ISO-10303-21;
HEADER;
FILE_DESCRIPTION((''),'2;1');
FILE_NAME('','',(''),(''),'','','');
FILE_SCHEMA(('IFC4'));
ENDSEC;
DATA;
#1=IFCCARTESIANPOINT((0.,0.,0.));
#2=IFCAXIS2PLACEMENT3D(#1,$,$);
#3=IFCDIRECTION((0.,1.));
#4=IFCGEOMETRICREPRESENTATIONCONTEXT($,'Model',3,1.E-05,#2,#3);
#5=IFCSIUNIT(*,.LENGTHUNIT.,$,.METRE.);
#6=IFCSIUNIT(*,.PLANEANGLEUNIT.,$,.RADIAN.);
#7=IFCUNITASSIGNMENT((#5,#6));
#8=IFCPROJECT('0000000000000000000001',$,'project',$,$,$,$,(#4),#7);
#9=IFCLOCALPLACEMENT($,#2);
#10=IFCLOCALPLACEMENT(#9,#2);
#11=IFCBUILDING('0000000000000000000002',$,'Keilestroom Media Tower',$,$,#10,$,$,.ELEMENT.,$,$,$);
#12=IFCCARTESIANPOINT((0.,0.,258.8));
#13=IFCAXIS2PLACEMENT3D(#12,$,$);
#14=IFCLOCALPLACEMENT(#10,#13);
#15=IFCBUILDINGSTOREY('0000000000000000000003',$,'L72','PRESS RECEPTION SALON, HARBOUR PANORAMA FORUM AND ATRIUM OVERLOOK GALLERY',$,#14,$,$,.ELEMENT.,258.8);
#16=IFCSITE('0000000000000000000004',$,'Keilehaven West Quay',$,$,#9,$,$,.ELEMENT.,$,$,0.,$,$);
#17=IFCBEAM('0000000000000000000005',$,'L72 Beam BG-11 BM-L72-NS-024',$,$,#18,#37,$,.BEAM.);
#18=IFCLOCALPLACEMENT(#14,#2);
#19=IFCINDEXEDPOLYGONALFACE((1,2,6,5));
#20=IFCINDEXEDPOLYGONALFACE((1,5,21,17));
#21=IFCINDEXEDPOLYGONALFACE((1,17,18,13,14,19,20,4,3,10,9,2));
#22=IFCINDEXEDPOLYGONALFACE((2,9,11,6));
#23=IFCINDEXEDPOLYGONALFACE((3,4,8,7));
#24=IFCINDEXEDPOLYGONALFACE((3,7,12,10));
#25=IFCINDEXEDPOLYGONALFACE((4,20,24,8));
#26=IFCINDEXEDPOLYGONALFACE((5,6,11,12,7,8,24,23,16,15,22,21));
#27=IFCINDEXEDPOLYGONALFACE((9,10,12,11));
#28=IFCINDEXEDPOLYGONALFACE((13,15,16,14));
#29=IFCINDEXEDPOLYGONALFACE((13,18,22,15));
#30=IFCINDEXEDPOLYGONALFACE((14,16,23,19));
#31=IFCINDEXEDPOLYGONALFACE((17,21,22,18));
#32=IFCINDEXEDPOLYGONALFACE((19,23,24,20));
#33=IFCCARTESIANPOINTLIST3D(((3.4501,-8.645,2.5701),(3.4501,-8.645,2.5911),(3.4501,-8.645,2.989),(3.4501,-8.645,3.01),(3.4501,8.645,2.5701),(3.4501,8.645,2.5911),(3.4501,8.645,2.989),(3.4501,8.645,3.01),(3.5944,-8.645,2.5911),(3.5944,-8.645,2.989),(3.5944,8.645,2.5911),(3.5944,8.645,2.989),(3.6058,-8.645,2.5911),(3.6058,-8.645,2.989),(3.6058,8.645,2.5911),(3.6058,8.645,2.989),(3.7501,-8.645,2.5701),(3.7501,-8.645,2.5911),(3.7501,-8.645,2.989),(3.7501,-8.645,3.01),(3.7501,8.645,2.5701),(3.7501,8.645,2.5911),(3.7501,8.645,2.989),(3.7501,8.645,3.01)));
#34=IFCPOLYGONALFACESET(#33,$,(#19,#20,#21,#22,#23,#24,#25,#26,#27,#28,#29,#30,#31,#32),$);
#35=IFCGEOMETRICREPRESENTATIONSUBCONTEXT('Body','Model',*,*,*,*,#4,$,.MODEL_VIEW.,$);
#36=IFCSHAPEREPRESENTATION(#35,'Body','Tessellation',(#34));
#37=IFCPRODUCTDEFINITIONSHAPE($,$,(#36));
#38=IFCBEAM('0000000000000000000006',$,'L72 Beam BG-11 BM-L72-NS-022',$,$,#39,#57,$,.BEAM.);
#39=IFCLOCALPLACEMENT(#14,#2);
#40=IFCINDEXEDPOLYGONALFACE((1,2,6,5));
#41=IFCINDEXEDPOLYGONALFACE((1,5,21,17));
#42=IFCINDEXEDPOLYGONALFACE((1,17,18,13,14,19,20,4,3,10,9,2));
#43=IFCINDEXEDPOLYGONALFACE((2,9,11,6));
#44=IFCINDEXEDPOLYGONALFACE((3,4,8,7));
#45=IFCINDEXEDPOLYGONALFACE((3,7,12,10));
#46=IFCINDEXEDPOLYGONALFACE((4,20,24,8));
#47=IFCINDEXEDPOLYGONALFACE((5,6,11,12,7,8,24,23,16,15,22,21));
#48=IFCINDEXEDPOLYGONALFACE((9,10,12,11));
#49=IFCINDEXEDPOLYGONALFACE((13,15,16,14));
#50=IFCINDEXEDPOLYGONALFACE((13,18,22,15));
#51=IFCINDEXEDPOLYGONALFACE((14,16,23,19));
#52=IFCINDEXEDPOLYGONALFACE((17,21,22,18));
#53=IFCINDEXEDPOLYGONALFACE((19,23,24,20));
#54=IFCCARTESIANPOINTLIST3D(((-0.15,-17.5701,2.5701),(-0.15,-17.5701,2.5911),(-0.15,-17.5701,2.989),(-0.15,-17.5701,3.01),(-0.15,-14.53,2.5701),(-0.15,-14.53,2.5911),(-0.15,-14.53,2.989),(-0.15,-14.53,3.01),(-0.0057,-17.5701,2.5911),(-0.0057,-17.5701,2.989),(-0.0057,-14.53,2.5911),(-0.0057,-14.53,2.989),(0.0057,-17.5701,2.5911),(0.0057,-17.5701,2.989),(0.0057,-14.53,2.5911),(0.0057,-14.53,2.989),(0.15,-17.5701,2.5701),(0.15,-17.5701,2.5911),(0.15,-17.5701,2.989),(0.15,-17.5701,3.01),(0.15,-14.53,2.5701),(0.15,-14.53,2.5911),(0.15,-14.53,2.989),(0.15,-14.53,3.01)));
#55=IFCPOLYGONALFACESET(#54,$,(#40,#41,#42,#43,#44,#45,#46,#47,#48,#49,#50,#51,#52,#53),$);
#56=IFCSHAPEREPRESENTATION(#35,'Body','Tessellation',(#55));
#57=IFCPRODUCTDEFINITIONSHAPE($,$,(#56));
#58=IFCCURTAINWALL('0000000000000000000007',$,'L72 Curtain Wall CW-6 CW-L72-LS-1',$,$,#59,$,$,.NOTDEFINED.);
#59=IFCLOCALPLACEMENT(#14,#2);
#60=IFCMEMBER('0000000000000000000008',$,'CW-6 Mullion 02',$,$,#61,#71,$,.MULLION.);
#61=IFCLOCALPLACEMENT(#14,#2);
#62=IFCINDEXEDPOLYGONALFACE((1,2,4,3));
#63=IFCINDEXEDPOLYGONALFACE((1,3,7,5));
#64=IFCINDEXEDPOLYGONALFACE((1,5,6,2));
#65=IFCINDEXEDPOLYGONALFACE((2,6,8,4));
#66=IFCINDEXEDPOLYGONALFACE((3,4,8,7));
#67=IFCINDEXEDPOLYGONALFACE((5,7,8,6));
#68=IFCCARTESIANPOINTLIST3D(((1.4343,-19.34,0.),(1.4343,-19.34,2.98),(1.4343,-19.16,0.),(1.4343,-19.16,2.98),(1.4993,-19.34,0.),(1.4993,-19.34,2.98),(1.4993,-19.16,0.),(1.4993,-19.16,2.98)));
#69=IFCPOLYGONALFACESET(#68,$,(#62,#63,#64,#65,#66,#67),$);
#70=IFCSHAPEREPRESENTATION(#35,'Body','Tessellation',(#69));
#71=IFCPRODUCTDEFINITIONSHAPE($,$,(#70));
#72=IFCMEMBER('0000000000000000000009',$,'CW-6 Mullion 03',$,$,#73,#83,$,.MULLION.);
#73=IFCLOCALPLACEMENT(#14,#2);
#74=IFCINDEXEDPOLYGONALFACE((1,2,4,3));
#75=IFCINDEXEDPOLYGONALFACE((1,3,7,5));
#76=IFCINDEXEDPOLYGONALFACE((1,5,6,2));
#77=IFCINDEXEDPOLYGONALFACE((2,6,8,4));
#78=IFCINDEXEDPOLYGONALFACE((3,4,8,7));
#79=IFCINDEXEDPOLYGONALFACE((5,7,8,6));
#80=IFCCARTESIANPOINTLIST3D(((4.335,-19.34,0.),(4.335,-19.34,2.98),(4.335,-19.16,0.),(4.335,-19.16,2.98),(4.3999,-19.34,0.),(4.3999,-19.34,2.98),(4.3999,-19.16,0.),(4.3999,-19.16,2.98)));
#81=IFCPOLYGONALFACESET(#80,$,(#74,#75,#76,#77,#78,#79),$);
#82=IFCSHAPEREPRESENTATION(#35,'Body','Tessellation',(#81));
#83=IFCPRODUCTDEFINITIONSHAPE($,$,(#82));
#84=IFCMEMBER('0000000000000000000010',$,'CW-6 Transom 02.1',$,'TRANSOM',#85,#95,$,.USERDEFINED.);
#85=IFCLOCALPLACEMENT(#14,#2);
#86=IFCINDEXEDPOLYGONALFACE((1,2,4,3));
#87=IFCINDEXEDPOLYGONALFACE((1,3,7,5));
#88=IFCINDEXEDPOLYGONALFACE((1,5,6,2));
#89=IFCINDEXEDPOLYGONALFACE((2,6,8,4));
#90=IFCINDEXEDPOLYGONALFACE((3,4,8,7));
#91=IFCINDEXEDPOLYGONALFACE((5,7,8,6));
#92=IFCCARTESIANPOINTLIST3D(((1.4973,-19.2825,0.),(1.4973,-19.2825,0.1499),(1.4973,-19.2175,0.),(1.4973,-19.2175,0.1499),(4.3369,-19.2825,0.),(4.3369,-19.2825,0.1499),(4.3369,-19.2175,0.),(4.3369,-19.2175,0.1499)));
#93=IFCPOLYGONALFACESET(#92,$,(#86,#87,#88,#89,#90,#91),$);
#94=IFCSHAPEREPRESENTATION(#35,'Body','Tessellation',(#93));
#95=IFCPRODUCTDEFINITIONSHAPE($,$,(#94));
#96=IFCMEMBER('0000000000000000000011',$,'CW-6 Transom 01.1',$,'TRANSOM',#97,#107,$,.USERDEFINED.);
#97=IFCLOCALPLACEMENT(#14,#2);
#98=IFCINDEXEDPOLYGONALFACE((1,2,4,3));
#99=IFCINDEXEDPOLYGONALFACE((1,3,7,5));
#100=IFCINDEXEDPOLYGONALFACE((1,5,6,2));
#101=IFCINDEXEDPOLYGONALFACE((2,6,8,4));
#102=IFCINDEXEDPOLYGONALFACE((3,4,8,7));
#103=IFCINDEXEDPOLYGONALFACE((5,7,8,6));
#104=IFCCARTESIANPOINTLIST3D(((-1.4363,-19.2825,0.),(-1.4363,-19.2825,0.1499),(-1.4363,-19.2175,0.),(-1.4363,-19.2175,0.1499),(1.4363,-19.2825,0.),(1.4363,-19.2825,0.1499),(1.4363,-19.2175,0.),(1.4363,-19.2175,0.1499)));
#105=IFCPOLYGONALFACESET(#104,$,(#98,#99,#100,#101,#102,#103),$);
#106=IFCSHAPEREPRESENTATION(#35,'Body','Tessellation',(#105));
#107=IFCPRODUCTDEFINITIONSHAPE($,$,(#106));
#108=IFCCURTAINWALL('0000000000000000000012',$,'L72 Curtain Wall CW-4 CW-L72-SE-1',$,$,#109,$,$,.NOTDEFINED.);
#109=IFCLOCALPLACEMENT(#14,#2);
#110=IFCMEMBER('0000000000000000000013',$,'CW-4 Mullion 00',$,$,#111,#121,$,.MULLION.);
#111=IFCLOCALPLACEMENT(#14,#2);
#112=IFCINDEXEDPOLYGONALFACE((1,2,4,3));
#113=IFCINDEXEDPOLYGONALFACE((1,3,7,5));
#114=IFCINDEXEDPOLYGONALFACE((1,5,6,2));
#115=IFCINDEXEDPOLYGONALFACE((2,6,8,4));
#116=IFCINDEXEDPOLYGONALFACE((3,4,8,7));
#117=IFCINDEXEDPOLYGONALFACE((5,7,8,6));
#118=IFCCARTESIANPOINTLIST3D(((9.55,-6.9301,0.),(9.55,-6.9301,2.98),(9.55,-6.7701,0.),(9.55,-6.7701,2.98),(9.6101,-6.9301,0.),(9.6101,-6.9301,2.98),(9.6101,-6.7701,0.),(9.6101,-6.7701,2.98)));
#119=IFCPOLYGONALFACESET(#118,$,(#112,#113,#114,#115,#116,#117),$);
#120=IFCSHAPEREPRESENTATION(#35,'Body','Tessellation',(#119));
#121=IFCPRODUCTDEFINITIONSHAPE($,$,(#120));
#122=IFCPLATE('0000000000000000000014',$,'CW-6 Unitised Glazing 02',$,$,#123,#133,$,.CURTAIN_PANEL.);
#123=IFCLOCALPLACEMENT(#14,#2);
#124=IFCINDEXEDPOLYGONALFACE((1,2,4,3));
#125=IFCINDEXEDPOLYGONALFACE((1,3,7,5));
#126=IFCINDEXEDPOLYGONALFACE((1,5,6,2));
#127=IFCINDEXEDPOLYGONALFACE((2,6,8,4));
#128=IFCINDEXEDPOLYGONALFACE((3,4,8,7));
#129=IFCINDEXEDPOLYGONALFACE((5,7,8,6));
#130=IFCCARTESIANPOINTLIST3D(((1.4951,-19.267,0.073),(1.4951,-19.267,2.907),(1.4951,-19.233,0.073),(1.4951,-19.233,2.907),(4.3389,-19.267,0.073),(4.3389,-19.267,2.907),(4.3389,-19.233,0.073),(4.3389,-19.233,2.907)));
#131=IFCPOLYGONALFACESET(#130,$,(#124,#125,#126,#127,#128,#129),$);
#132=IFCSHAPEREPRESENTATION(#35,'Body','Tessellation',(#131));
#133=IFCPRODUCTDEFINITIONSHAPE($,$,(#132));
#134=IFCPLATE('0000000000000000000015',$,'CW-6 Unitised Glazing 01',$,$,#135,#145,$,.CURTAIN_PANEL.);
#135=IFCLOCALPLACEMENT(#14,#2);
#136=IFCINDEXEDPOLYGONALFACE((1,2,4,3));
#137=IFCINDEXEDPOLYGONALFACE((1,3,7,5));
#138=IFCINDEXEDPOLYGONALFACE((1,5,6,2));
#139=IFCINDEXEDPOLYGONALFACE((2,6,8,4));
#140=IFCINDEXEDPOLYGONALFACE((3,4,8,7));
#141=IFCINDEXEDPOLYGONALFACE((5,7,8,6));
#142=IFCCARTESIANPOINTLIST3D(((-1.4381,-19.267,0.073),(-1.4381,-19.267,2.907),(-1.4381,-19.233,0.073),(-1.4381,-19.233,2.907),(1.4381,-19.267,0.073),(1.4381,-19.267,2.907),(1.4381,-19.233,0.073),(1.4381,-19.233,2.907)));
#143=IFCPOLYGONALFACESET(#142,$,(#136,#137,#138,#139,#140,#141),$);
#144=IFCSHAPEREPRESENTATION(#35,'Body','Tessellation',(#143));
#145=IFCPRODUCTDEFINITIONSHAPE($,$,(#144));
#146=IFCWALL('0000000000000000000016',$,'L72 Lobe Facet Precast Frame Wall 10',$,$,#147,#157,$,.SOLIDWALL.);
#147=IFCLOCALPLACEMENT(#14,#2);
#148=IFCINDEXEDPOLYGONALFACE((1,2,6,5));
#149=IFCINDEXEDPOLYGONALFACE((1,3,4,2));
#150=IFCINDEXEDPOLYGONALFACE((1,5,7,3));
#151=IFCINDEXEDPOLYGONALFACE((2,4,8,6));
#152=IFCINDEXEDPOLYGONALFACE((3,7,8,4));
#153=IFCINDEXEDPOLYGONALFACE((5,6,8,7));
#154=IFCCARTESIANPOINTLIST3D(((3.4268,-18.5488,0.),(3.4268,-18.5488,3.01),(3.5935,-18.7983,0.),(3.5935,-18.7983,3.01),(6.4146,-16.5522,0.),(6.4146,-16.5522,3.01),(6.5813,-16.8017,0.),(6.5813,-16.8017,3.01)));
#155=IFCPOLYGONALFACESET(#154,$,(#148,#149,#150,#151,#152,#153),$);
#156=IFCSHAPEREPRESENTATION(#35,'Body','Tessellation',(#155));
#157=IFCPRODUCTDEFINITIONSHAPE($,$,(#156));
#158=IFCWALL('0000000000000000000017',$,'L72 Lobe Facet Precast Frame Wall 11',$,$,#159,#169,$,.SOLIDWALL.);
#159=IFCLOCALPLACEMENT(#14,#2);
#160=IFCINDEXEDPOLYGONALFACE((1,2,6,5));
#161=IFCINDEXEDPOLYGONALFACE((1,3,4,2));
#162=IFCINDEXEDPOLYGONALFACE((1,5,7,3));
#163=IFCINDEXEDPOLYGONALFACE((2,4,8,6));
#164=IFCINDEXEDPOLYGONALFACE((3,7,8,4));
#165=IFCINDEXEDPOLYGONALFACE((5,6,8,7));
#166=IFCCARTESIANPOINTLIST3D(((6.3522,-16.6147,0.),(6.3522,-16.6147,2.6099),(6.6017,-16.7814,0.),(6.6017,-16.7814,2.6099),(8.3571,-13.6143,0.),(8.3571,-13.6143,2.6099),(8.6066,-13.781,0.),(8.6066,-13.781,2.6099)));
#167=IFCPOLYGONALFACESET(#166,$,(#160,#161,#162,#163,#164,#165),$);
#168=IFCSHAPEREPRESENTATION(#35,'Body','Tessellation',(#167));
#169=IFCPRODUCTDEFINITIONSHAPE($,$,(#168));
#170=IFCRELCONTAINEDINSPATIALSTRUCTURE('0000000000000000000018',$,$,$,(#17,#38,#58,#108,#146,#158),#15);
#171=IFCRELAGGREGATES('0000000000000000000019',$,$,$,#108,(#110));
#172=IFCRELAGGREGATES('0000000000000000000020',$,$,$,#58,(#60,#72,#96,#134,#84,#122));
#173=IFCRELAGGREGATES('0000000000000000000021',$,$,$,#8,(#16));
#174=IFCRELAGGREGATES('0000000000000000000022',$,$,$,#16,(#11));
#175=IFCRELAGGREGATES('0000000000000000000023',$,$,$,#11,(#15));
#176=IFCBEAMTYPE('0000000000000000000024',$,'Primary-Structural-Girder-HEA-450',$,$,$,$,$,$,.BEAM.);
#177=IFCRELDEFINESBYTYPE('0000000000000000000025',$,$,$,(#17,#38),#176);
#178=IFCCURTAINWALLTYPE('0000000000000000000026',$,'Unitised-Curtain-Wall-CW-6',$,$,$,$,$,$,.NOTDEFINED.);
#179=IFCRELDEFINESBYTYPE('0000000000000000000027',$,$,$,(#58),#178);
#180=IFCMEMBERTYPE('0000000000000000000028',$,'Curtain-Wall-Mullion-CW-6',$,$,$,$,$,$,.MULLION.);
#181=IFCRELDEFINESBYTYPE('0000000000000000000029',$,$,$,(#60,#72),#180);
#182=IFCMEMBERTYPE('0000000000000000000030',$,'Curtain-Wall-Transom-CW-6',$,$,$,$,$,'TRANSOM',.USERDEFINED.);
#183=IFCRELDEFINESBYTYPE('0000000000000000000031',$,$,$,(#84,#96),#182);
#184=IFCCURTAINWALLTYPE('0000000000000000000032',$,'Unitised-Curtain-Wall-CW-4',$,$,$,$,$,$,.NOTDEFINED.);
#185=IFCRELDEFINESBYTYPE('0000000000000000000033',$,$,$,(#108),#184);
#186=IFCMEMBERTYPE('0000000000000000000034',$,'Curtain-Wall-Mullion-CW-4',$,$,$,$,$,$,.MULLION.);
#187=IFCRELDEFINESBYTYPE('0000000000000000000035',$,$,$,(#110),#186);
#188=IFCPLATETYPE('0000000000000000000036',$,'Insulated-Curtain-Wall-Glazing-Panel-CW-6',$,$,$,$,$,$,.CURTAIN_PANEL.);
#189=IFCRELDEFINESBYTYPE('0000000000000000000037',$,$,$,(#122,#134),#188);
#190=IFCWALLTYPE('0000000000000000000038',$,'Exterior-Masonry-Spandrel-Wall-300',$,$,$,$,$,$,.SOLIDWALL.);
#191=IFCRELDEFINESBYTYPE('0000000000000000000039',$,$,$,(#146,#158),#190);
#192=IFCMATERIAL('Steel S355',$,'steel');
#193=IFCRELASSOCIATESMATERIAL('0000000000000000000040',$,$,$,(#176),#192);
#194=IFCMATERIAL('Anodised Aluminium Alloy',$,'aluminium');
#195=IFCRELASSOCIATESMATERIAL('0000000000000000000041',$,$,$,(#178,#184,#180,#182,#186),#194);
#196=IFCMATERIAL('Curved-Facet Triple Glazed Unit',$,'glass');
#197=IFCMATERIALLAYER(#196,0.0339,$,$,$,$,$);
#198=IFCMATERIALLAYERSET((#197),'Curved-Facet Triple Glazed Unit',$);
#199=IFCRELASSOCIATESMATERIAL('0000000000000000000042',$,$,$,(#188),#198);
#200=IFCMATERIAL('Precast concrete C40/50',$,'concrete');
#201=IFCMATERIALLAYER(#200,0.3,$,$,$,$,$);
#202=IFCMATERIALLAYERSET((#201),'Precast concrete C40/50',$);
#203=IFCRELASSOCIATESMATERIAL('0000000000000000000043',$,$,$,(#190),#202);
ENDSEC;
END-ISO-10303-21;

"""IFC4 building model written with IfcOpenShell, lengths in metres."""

from ifc_helpers import new_model, si_unit, direction, frame, frame_2d, origin, origin_2d, place, context, subcontext, project, spatial, rectangle, i_section, extrude, source, transform, mapped, material, layer, layer_set, material_profile, profile_set, type_object, element, aggregate, save


model = new_model("IFC4")

# Units and contexts
model_context = context("Model", 3, precision=1e-05, world=origin(), true_north=direction((0.0, 1.0)))
body_context = subcontext(model_context, "Body", "Model", "MODEL_VIEW")
ifc_project = project(units=[si_unit("LENGTHUNIT", "METRE"), si_unit("PLANEANGLEUNIT", "RADIAN")], contexts=[model_context])

# Site, building, storey
site_placement = place(None, origin())
site = spatial("IfcSite", under=ifc_project, at=site_placement, Name="Keilehaven West Quay", CompositionType="ELEMENT", RefElevation=0.0)
building_placement = place(site_placement, origin())
building = spatial("IfcBuilding", under=site, at=building_placement, Name="Keilestroom Media Tower", CompositionType="ELEMENT")
storey_placement = place(building_placement, frame((0.0, 0.0, 258.8)))
storey = spatial("IfcBuildingStorey", under=building, at=storey_placement, Name="L72", Description="PRESS RECEPTION SALON, HARBOUR PANORAMA FORUM AND ATRIUM OVERLOOK GALLERY", CompositionType="ELEMENT", Elevation=258.8)

# Shared definitions
ifc_material_1 = material(Name="Steel S355", Category="steel")

# Beams
ifc_material_profile_1 = material_profile(ifc_material_1, i_section(OverallWidth=0.3, OverallDepth=0.4399, WebThickness=0.0115, FlangeThickness=0.021, at=origin_2d()), Name="HEA 450")
ifc_profile_set_1 = profile_set([ifc_material_profile_1], Name="Steel S355")
beam_type_1 = type_object("IfcBeamType", Name="Primary-Structural-Girder-HEA-450", PredefinedType="BEAM", material=ifc_profile_set_1)
shared_shape_1 = source(origin(), body_context, "Body", "SweptSolid", [
    extrude(i_section(OverallWidth=0.3, OverallDepth=0.4399, WebThickness=0.0115, FlangeThickness=0.021, at=origin_2d()), origin(), (0.0, 0.0, 1.0), 17.29),
])
beam_1_placement = place(storey_placement, frame((3.6001, -8.645, 2.79), z_axis=(0.0, 1.0, 0.0), x_axis=(-1.0, 0.0, 0.0)))
element("IfcBeam", 1, at=beam_1_placement, inside=storey, type_object=beam_type_1, Name="L72 Beam BG-11 BM-L72-NS-024", PredefinedType="BEAM", context=body_context, shape_type="MappedRepresentation", body=[
    mapped(shared_shape_1, transform((0.0, 0.0, 0.0), x_axis=(1.0, 0.0, 0.0), y_axis=(0.0, 1.0, 0.0), z_axis=(0.0, 0.0, 1.0), scale=1.0)),
])
shared_shape_2 = source(origin(), body_context, "Body", "SweptSolid", [
    extrude(i_section(OverallWidth=0.3, OverallDepth=0.4399, WebThickness=0.0115, FlangeThickness=0.021, at=origin_2d()), origin(), (0.0, 0.0, 1.0), 3.04),
])
beam_2_placement = place(storey_placement, frame((0.0, -17.5701, 2.79), z_axis=(0.0, 1.0, 0.0), x_axis=(-1.0, 0.0, 0.0)))
element("IfcBeam", 2, at=beam_2_placement, inside=storey, type_object=beam_type_1, Name="L72 Beam BG-11 BM-L72-NS-022", PredefinedType="BEAM", context=body_context, shape_type="MappedRepresentation", body=[
    mapped(shared_shape_2, transform((0.0, 0.0, 0.0), x_axis=(1.0, 0.0, 0.0), y_axis=(0.0, 1.0, 0.0), z_axis=(0.0, 0.0, 1.0), scale=1.0)),
])

# Curtain wall, members
ifc_material_2 = material(Name="Anodised Aluminium Alloy", Category="aluminium")
curtain_wall_type_1 = type_object("IfcCurtainWallType", Name="Unitised-Curtain-Wall-CW-6", PredefinedType="NOTDEFINED", material=ifc_material_2)
curtain_wall_1_placement = place(storey_placement, origin())
curtain_wall_1 = element("IfcCurtainWall", 3, at=curtain_wall_1_placement, inside=storey, type_object=curtain_wall_type_1, Name="L72 Curtain Wall CW-6 CW-L72-LS-1", PredefinedType="NOTDEFINED")
ifc_material_profile_2 = material_profile(ifc_material_2, rectangle(XDim=0.0649, YDim=0.1799, at=origin_2d()), Name="ALU MULLION 65x180")
ifc_profile_set_2 = profile_set([ifc_material_profile_2], Name="Anodised Aluminium Alloy")
member_type_1 = type_object("IfcMemberType", Name="Curtain-Wall-Mullion-CW-6", PredefinedType="MULLION", material=ifc_profile_set_2)
shared_shape_3 = source(origin(), body_context, "Body", "SweptSolid", [
    extrude(rectangle(XDim=0.0649, YDim=0.1799, at=origin_2d()), origin(), (0.0, 0.0, 1.0), 2.98),
])
member_1_placement = place(storey_placement, frame((1.4668, -19.25, 0.0), z_axis=(0.0, 0.0, 1.0), x_axis=(1.0, 0.0, 0.0)))
member_1 = element("IfcMember", 4, at=member_1_placement, type_object=member_type_1, Name="CW-6 Mullion 02", PredefinedType="MULLION", context=body_context, shape_type="MappedRepresentation", body=[
    mapped(shared_shape_3, transform((0.0, 0.0, 0.0), x_axis=(1.0, 0.0, 0.0), y_axis=(0.0, 1.0, 0.0), z_axis=(0.0, 0.0, 1.0), scale=1.0)),
])
member_2_placement = place(storey_placement, frame((4.3674, -19.25, 0.0), z_axis=(0.0, 0.0, 1.0), x_axis=(1.0, 0.0, 0.0)))
member_2 = element("IfcMember", 5, at=member_2_placement, type_object=member_type_1, Name="CW-6 Mullion 03", PredefinedType="MULLION", context=body_context, shape_type="MappedRepresentation", body=[
    mapped(shared_shape_3, transform((0.0, 0.0, 0.0), x_axis=(1.0, 0.0, 0.0), y_axis=(0.0, 1.0, 0.0), z_axis=(0.0, 0.0, 1.0), scale=1.0)),
])
ifc_material_profile_3 = material_profile(ifc_material_2, rectangle(XDim=0.0649, YDim=0.1499, at=origin_2d()), Name="ALU TRANSOM 65x150")
ifc_profile_set_3 = profile_set([ifc_material_profile_3], Name="Anodised Aluminium Alloy")
member_type_2 = type_object("IfcMemberType", Name="Curtain-Wall-Transom-CW-6", ElementType="TRANSOM", PredefinedType="USERDEFINED", material=ifc_profile_set_3)
shared_shape_4 = source(origin(), body_context, "Body", "SweptSolid", [
    extrude(rectangle(XDim=0.0649, YDim=0.1499, at=origin_2d()), origin(), (0.0, 0.0, 1.0), 2.8396),
])
member_3_placement = place(storey_placement, frame((1.4973, -19.25, 0.075), z_axis=(1.0, 0.0, 0.0), x_axis=(0.0, 1.0, 0.0)))
member_3 = element("IfcMember", 6, at=member_3_placement, type_object=member_type_2, Name="CW-6 Transom 02.1", ObjectType="TRANSOM", PredefinedType="USERDEFINED", context=body_context, shape_type="MappedRepresentation", body=[
    mapped(shared_shape_4, transform((0.0, 0.0, 0.0), x_axis=(1.0, 0.0, 0.0), y_axis=(0.0, 1.0, 0.0), z_axis=(0.0, 0.0, 1.0), scale=1.0)),
])
shared_shape_5 = source(origin(), body_context, "Body", "SweptSolid", [
    extrude(rectangle(XDim=0.0649, YDim=0.1499, at=origin_2d()), origin(), (0.0, 0.0, 1.0), 2.8726),
])
member_4_placement = place(storey_placement, frame((-1.4363, -19.25, 0.075), z_axis=(1.0, 0.0, 0.0), x_axis=(0.0, 1.0, 0.0)))
member_4 = element("IfcMember", 7, at=member_4_placement, type_object=member_type_2, Name="CW-6 Transom 01.1", ObjectType="TRANSOM", PredefinedType="USERDEFINED", context=body_context, shape_type="MappedRepresentation", body=[
    mapped(shared_shape_5, transform((0.0, 0.0, 0.0), x_axis=(1.0, 0.0, 0.0), y_axis=(0.0, 1.0, 0.0), z_axis=(0.0, 0.0, 1.0), scale=1.0)),
])

# Curtain wall, member
curtain_wall_type_2 = type_object("IfcCurtainWallType", Name="Unitised-Curtain-Wall-CW-4", PredefinedType="NOTDEFINED", material=ifc_material_2)
curtain_wall_2_placement = place(storey_placement, origin())
curtain_wall_2 = element("IfcCurtainWall", 8, at=curtain_wall_2_placement, inside=storey, type_object=curtain_wall_type_2, Name="L72 Curtain Wall CW-4 CW-L72-SE-1", PredefinedType="NOTDEFINED")
ifc_material_profile_4 = material_profile(ifc_material_2, rectangle(XDim=0.0601, YDim=0.1599, at=origin_2d()), Name="ALU MULLION 60x160")
ifc_profile_set_4 = profile_set([ifc_material_profile_4], Name="Anodised Aluminium Alloy")
member_type_3 = type_object("IfcMemberType", Name="Curtain-Wall-Mullion-CW-4", PredefinedType="MULLION", material=ifc_profile_set_4)
shared_shape_6 = source(origin(), body_context, "Body", "SweptSolid", [
    extrude(rectangle(XDim=0.0601, YDim=0.1599, at=origin_2d()), origin(), (0.0, 0.0, 1.0), 2.98),
])
member_5_placement = place(storey_placement, frame((9.5801, -6.8501, 0.0), z_axis=(0.0, 0.0, 1.0), x_axis=(1.0, 0.0, 0.0)))
member_5 = element("IfcMember", 9, at=member_5_placement, type_object=member_type_3, Name="CW-4 Mullion 00", PredefinedType="MULLION", context=body_context, shape_type="MappedRepresentation", body=[
    mapped(shared_shape_6, transform((0.0, 0.0, 0.0), x_axis=(1.0, 0.0, 0.0), y_axis=(0.0, 1.0, 0.0), z_axis=(0.0, 0.0, 1.0), scale=1.0)),
])
aggregate(curtain_wall_2, [member_5])

# Plates
ifc_material_3 = material(Name="Curved-Facet Triple Glazed Unit", Category="glass")
ifc_layer_1 = layer(ifc_material_3, 0.0339)
ifc_layer_set_1 = layer_set([ifc_layer_1], Name="Curved-Facet Triple Glazed Unit")
plate_type = type_object("IfcPlateType", Name="Insulated-Curtain-Wall-Glazing-Panel-CW-6", PredefinedType="CURTAIN_PANEL", material=ifc_layer_set_1)
shared_shape_7 = source(origin(), body_context, "Body", "SweptSolid", [
    extrude(rectangle(XDim=2.8438, YDim=0.0339, at=origin_2d()), origin(), (0.0, 0.0, 1.0), 2.834),
])
plate_1_placement = place(storey_placement, frame((2.917, -19.25, 0.073), z_axis=(0.0, 0.0, 1.0), x_axis=(1.0, 0.0, 0.0)))
plate_1 = element("IfcPlate", 10, at=plate_1_placement, type_object=plate_type, Name="CW-6 Unitised Glazing 02", PredefinedType="CURTAIN_PANEL", context=body_context, shape_type="MappedRepresentation", body=[
    mapped(shared_shape_7, transform((0.0, 0.0, 0.0), x_axis=(1.0, 0.0, 0.0), y_axis=(0.0, 1.0, 0.0), z_axis=(0.0, 0.0, 1.0), scale=1.0)),
])
shared_shape_8 = source(origin(), body_context, "Body", "SweptSolid", [
    extrude(rectangle(XDim=2.8762, YDim=0.0339, at=origin_2d()), origin(), (0.0, 0.0, 1.0), 2.834),
])
plate_2_placement = place(storey_placement, frame((0.0, -19.25, 0.073), z_axis=(0.0, 0.0, 1.0), x_axis=(1.0, 0.0, 0.0)))
plate_2 = element("IfcPlate", 11, at=plate_2_placement, type_object=plate_type, Name="CW-6 Unitised Glazing 01", PredefinedType="CURTAIN_PANEL", context=body_context, shape_type="MappedRepresentation", body=[
    mapped(shared_shape_8, transform((0.0, 0.0, 0.0), x_axis=(1.0, 0.0, 0.0), y_axis=(0.0, 1.0, 0.0), z_axis=(0.0, 0.0, 1.0), scale=1.0)),
])
aggregate(curtain_wall_1, [member_1, member_2, member_4, plate_2, member_3, plate_1])

# Walls
ifc_material_4 = material(Name="Precast concrete C40/50", Category="concrete")
ifc_layer_2 = layer(ifc_material_4, 0.3)
ifc_layer_set_2 = layer_set([ifc_layer_2], Name="Precast concrete C40/50")
wall_type_1 = type_object("IfcWallType", Name="Exterior-Masonry-Spandrel-Wall-300", PredefinedType="SOLIDWALL", material=ifc_layer_set_2)
wall_1_placement = place(storey_placement, frame((3.51, -18.6736, 0.0), z_axis=(0.0, 0.0, 1.0), x_axis=(0.831444, 0.555609, 0.0)))
element("IfcWall", 12, at=wall_1_placement, inside=storey, type_object=wall_type_1, Name="L72 Lobe Facet Precast Frame Wall 10", PredefinedType="SOLIDWALL", context=body_context, shape_type="SweptSolid", body=[
    extrude(rectangle(XDim=3.5935, YDim=0.3, at=frame_2d((1.7969, 0.0))), origin(), (0.0, 0.0, 1.0), 3.01),
])
wall_2_placement = place(storey_placement, frame((6.4771, -16.698, 0.0), z_axis=(0.0, 0.0, 1.0), x_axis=(0.555574, 0.831467, 0.0)))
element("IfcWall", 13, at=wall_2_placement, inside=storey, type_object=wall_type_1, Name="L72 Lobe Facet Precast Frame Wall 11", PredefinedType="SOLIDWALL", context=body_context, shape_type="SweptSolid", body=[
    extrude(rectangle(XDim=3.6086, YDim=0.3, at=frame_2d((1.8042, 0.0))), origin(), (0.0, 0.0, 1.0), 2.6099),
])

save(model, "model.ifc")
